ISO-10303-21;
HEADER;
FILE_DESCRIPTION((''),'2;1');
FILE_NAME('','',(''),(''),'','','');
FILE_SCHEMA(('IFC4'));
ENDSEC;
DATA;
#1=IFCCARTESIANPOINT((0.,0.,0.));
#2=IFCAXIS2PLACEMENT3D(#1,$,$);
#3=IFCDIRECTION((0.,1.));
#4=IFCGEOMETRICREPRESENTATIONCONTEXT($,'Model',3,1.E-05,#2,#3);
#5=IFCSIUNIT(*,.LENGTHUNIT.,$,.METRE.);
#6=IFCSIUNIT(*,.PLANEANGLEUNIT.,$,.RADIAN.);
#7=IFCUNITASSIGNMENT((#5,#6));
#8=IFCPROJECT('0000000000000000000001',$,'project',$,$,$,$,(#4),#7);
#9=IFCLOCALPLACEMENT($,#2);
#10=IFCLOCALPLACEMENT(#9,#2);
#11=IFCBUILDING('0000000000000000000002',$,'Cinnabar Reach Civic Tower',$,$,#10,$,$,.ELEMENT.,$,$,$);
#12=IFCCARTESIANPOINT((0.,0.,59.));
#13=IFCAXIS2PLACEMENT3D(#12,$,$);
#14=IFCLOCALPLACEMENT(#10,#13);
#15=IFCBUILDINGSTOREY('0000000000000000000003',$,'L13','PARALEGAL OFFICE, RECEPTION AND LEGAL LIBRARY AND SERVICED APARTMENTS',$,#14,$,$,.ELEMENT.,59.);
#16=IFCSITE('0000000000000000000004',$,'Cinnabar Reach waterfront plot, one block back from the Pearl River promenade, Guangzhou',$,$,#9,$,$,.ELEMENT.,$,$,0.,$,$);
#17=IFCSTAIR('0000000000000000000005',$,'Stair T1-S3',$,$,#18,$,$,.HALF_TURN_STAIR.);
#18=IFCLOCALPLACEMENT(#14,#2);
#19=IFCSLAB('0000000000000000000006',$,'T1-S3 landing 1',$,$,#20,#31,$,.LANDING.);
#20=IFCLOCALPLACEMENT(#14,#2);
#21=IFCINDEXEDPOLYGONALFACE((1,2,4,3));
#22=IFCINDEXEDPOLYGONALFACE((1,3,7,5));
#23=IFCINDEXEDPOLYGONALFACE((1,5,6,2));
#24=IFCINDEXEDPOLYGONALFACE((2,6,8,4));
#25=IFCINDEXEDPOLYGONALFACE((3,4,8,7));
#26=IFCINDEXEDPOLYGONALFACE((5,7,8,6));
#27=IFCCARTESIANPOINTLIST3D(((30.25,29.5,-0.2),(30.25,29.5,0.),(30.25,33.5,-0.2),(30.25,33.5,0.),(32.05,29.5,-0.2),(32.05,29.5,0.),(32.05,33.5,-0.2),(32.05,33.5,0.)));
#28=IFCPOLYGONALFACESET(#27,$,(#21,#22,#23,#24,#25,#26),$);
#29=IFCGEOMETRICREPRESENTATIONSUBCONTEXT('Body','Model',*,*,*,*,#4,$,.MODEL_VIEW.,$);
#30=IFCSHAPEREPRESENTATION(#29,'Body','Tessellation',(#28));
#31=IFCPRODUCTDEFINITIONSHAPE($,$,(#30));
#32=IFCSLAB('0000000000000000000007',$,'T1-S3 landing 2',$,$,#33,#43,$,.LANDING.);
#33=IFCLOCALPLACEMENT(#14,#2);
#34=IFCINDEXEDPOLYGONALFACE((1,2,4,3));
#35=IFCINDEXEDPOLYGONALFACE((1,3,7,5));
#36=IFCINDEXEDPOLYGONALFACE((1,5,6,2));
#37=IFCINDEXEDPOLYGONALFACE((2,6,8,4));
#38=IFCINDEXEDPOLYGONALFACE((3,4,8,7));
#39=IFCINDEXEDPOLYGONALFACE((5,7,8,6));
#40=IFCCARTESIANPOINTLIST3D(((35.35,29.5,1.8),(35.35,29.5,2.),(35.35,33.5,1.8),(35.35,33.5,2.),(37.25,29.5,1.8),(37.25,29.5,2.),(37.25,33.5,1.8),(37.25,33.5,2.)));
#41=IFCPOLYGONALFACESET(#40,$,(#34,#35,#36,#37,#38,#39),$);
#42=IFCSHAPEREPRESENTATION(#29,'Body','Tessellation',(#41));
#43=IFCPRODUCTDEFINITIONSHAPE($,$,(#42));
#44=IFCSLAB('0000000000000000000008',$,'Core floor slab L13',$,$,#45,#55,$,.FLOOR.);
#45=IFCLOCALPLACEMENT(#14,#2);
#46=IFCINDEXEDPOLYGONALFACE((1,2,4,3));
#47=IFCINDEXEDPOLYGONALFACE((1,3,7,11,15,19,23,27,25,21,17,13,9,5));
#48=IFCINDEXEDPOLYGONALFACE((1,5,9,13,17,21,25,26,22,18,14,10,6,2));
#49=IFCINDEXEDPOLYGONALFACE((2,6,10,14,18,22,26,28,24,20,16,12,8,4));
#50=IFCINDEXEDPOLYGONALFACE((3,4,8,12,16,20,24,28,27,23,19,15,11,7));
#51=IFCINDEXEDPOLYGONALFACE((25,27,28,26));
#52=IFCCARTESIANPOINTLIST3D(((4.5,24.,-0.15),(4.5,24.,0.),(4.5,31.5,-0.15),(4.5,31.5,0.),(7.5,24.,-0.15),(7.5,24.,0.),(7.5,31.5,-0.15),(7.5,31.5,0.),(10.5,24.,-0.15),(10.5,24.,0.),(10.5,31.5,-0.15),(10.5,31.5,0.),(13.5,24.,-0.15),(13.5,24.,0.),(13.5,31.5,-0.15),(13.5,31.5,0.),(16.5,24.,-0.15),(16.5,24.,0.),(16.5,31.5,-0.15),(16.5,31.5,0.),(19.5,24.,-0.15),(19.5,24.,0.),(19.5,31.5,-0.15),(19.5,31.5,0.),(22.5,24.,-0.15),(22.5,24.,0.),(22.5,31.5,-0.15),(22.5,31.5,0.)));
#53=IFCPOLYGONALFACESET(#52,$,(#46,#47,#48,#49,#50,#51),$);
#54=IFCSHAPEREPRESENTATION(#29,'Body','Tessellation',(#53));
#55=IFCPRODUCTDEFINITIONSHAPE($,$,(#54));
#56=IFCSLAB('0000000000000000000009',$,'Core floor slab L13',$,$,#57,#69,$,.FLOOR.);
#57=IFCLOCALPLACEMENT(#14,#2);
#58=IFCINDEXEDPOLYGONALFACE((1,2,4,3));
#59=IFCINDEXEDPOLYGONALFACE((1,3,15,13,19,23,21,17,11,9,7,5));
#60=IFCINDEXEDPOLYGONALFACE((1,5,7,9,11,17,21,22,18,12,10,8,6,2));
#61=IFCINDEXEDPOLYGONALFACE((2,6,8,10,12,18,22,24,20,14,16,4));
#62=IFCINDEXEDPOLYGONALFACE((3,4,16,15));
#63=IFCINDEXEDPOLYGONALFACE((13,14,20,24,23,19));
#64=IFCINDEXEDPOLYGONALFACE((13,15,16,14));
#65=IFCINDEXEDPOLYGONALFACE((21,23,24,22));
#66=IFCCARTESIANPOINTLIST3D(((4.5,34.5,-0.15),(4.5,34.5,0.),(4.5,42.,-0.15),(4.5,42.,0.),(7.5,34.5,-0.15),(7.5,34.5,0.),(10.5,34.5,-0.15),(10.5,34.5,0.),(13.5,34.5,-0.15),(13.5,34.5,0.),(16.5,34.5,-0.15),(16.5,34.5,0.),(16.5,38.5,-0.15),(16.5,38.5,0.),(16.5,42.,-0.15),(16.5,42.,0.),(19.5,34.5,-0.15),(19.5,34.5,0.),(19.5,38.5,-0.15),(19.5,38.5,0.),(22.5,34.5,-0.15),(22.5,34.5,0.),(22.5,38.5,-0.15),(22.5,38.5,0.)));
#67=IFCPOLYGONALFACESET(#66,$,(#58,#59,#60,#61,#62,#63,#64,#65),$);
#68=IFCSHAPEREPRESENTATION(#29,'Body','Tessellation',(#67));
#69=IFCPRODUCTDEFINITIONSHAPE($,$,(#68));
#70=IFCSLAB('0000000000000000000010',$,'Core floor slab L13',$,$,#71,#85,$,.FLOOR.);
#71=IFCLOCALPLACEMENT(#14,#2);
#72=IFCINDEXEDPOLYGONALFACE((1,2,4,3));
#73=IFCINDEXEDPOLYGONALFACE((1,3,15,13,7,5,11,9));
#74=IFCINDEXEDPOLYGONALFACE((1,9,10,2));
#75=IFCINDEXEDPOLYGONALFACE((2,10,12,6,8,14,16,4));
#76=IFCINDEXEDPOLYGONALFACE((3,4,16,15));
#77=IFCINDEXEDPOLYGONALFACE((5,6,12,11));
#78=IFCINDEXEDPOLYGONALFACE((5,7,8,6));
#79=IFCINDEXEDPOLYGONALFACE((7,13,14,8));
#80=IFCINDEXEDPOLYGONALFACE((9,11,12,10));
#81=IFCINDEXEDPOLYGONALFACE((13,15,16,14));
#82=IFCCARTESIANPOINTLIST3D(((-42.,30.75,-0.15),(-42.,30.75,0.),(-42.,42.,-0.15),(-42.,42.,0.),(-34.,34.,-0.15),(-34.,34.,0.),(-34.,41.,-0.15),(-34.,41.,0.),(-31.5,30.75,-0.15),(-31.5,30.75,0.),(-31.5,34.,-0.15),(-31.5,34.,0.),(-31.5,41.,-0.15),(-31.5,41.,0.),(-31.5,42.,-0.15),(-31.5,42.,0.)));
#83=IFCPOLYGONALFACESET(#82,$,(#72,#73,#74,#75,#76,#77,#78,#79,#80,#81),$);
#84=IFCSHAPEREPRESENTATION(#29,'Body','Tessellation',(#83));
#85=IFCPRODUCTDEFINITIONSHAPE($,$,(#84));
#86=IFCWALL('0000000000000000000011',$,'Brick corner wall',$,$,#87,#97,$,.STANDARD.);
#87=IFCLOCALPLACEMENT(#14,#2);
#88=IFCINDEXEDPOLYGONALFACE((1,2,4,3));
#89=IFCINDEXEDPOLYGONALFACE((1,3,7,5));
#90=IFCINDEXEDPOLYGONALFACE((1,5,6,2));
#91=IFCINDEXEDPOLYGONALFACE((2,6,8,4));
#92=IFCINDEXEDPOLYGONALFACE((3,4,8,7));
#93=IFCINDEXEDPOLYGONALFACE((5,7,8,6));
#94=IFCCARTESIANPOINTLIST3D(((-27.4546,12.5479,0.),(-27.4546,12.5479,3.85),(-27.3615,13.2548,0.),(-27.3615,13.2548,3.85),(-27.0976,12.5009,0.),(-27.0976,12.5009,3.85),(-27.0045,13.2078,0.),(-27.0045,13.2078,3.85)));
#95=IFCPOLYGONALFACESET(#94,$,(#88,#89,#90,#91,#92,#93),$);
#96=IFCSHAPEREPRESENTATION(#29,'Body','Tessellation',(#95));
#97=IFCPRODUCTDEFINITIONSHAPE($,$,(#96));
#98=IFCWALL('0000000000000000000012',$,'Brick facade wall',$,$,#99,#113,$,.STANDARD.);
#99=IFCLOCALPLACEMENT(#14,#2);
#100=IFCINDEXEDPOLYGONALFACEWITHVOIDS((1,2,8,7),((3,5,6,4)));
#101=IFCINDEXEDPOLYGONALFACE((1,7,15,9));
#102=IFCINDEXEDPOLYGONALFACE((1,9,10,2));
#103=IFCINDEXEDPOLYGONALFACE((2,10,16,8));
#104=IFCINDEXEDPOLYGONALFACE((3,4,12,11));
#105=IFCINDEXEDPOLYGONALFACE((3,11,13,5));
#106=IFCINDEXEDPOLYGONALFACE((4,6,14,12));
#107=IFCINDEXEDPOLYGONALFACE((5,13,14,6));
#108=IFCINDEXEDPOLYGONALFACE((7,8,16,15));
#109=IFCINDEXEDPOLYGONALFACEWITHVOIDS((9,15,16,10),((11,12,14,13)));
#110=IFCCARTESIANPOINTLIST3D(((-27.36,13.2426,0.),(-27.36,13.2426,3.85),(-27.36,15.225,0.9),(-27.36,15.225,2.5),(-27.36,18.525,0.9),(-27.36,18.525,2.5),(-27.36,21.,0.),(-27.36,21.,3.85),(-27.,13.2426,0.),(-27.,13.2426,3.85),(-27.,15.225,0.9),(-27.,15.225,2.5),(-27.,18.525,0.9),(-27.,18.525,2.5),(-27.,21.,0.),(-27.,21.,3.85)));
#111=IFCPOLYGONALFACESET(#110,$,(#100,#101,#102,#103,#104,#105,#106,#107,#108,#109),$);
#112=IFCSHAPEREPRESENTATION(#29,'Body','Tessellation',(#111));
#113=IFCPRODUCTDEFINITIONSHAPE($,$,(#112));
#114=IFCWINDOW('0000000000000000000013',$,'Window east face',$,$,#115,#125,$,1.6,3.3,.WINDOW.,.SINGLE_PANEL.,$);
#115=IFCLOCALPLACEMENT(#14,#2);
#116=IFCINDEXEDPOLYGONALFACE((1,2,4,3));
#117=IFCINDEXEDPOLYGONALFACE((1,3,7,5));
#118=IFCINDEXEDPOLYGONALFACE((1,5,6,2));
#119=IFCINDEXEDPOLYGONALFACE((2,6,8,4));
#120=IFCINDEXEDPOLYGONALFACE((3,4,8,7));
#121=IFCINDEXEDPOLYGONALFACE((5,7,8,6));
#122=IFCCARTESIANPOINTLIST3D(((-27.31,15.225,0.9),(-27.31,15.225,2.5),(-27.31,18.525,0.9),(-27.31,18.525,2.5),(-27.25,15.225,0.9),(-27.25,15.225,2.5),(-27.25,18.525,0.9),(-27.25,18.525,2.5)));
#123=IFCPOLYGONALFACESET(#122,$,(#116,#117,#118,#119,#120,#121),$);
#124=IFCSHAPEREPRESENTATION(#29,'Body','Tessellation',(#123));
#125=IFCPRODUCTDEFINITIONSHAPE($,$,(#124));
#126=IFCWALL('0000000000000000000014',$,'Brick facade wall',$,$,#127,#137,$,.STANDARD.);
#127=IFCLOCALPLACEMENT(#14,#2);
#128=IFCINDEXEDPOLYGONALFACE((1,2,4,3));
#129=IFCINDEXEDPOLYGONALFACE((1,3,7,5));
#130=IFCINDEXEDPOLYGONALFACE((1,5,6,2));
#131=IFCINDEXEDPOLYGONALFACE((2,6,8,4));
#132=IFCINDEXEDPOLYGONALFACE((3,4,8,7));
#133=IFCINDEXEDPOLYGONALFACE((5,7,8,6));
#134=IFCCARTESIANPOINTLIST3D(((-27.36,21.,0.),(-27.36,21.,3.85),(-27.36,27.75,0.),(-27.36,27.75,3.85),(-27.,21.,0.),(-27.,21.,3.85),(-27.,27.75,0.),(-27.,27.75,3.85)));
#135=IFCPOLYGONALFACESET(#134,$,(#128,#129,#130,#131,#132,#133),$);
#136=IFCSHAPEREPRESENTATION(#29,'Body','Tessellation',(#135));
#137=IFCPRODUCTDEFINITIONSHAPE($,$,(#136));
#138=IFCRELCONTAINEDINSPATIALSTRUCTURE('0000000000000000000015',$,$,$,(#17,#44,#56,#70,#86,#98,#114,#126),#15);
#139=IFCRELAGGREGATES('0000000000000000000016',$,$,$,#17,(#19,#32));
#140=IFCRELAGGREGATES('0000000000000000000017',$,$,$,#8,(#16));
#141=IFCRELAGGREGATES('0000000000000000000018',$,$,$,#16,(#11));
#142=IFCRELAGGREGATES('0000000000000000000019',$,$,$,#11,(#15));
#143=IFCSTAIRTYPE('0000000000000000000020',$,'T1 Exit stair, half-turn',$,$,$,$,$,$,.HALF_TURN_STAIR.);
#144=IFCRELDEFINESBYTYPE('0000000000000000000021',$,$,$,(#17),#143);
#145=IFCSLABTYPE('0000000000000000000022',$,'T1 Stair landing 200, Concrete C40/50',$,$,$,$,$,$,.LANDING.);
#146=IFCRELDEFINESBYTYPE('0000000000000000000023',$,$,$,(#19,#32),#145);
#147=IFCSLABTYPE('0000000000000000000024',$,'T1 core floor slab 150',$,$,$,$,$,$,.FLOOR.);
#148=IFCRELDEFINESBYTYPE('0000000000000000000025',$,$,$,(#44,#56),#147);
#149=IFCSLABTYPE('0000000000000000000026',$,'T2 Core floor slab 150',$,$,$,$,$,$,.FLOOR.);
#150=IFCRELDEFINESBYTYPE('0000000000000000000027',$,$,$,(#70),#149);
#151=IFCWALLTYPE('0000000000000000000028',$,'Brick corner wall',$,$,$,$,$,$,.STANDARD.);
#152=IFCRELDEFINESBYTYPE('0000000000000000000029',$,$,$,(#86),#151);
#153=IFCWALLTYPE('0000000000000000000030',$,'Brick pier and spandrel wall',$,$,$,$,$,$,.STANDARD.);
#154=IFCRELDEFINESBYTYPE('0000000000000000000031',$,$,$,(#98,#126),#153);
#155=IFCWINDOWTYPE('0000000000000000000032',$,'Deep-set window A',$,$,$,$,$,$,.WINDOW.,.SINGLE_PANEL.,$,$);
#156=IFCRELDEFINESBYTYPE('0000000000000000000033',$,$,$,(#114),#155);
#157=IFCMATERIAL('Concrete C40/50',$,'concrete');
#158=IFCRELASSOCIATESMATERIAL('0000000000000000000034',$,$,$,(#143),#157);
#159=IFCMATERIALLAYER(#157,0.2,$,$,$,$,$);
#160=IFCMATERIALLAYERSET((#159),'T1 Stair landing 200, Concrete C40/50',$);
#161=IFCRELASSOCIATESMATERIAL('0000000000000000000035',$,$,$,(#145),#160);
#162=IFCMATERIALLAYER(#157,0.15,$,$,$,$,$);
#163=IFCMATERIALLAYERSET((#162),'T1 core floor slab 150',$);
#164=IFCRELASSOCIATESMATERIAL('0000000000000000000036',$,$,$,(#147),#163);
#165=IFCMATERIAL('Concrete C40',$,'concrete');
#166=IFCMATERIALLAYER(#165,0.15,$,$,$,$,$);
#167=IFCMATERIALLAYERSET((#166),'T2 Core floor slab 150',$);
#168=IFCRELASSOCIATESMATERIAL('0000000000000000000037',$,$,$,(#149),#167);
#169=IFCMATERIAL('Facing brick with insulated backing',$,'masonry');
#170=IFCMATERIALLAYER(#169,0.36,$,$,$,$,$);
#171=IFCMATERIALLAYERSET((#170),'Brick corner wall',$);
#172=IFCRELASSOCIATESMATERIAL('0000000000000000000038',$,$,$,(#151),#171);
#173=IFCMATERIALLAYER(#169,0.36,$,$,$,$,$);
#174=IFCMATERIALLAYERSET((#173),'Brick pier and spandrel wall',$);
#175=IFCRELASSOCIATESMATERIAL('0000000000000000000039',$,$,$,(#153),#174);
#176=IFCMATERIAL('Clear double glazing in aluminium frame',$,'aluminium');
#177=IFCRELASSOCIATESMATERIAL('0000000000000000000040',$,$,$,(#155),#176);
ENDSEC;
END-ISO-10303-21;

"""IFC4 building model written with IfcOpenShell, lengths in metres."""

from ifc_helpers import new_model, si_unit, direction, frame, frame_2d, origin, place, context, subcontext, project, spatial, polyline, rectangle, outline, extrude, material, layer, layer_set, type_object, element, fill, aggregate, save


model = new_model("IFC4")

# Units and contexts
model_context = context("Model", 3, precision=1e-05, world=origin(), true_north=direction((0.0, 1.0)))
body_context = subcontext(model_context, "Body", "Model", "MODEL_VIEW")
ifc_project = project(units=[si_unit("LENGTHUNIT", "METRE"), si_unit("PLANEANGLEUNIT", "RADIAN")], contexts=[model_context])

# Site, building, storey
site_placement = place(None, origin())
site = spatial("IfcSite", under=ifc_project, at=site_placement, Name="Cinnabar Reach waterfront plot, one block back from the Pearl River promenade, Guangzhou", CompositionType="ELEMENT", RefElevation=0.0)
building_placement = place(site_placement, origin())
building = spatial("IfcBuilding", under=site, at=building_placement, Name="Cinnabar Reach Civic Tower", CompositionType="ELEMENT")
storey_placement = place(building_placement, frame((0.0, 0.0, 59.0)))
storey = spatial("IfcBuildingStorey", under=building, at=storey_placement, Name="L13", Description="PARALEGAL OFFICE, RECEPTION AND LEGAL LIBRARY AND SERVICED APARTMENTS", CompositionType="ELEMENT", Elevation=59.0)

# Shared definitions
ifc_material_1 = material(Name="Concrete C40", Category="concrete")

# Stair, slabs
ifc_material_2 = material(Name="Concrete C40/50", Category="concrete")
stair_type = type_object("IfcStairType", Name="T1 Exit stair, half-turn", PredefinedType="HALF_TURN_STAIR", material=ifc_material_2)
ifc_layer_1 = layer(ifc_material_2, 0.2)
ifc_layer_set_1 = layer_set([ifc_layer_1], Name="T1 Stair landing 200, Concrete C40/50")
slab_type_1 = type_object("IfcSlabType", Name="T1 Stair landing 200, Concrete C40/50", PredefinedType="LANDING", material=ifc_layer_set_1)
stair_1_placement = place(storey_placement, origin())
stair_1 = element("IfcStair", 1, at=stair_1_placement, inside=storey, type_object=stair_type, Name="Stair T1-S3", PredefinedType="HALF_TURN_STAIR")
slab_1_placement = place(storey_placement, frame((0.0, 0.0, -0.2)))
slab_1 = element("IfcSlab", 2, at=slab_1_placement, type_object=slab_type_1, Name="T1-S3 landing 1", PredefinedType="LANDING", context=body_context, shape_type="SweptSolid", body=[
    extrude(outline(polyline([(30.25, 29.5), (32.05, 29.5), (32.05, 33.5), (30.25, 33.5), (30.25, 29.5)])), origin(), (0.0, 0.0, 1.0), 0.2),
])
slab_2_placement = place(storey_placement, frame((0.0, 0.0, 1.8)))
slab_2 = element("IfcSlab", 3, at=slab_2_placement, type_object=slab_type_1, Name="T1-S3 landing 2", PredefinedType="LANDING", context=body_context, shape_type="SweptSolid", body=[
    extrude(outline(polyline([(35.35, 29.5), (37.25, 29.5), (37.25, 33.5), (35.35, 33.5), (35.35, 29.5)])), origin(), (0.0, 0.0, 1.0), 0.2),
])
aggregate(stair_1, [slab_1, slab_2])

# Slabs
ifc_layer_2 = layer(ifc_material_2, 0.15)
ifc_layer_set_2 = layer_set([ifc_layer_2], Name="T1 core floor slab 150")
slab_type_2 = type_object("IfcSlabType", Name="T1 core floor slab 150", PredefinedType="FLOOR", material=ifc_layer_set_2)
slab_3_placement = place(storey_placement, frame((0.0, 0.0, -0.15)))
element("IfcSlab", 4, at=slab_3_placement, inside=storey, type_object=slab_type_2, Name="Core floor slab L13", PredefinedType="FLOOR", context=body_context, shape_type="SweptSolid", body=[
    extrude(outline(polyline([(22.5, 24.0), (19.5, 24.0), (16.5, 24.0), (13.5, 24.0), (10.5, 24.0), (7.5, 24.0), (4.5, 24.0), (4.5, 31.5), (7.5, 31.5), (10.5, 31.5), (13.5, 31.5), (16.5, 31.5), (19.5, 31.5), (22.5, 31.5), (22.5, 24.0)])), origin(), (0.0, 0.0, 1.0), 0.15),
])
slab_4_placement = place(storey_placement, frame((0.0, 0.0, -0.15)))
element("IfcSlab", 5, at=slab_4_placement, inside=storey, type_object=slab_type_2, Name="Core floor slab L13", PredefinedType="FLOOR", context=body_context, shape_type="SweptSolid", body=[
    extrude(outline(polyline([(22.5, 34.5), (19.5, 34.5), (16.5, 34.5), (13.5, 34.5), (10.5, 34.5), (7.5, 34.5), (4.5, 34.5), (4.5, 42.0), (16.5, 42.0), (16.5, 38.5), (19.5, 38.5), (22.5, 38.5), (22.5, 34.5)])), origin(), (0.0, 0.0, 1.0), 0.15),
])
ifc_layer_3 = layer(ifc_material_1, 0.15)
ifc_layer_set_3 = layer_set([ifc_layer_3], Name="T2 Core floor slab 150")
slab_type_3 = type_object("IfcSlabType", Name="T2 Core floor slab 150", PredefinedType="FLOOR", material=ifc_layer_set_3)
slab_5_placement = place(storey_placement, frame((0.0, 0.0, -0.15)))
element("IfcSlab", 6, at=slab_5_placement, inside=storey, type_object=slab_type_3, Name="Core floor slab L13", PredefinedType="FLOOR", context=body_context, shape_type="SweptSolid", body=[
    extrude(outline(polyline([(-42.0, 42.0), (-31.5, 42.0), (-31.5, 41.0), (-34.0, 41.0), (-34.0, 34.0), (-31.5, 34.0), (-31.5, 30.75), (-42.0, 30.75), (-42.0, 42.0)])), origin(), (0.0, 0.0, 1.0), 0.15),
])

# Wall
ifc_material_3 = material(Name="Facing brick with insulated backing", Category="masonry")
ifc_layer_4 = layer(ifc_material_3, 0.36)
ifc_layer_set_4 = layer_set([ifc_layer_4], Name="Brick corner wall")
wall_type_1 = type_object("IfcWallType", Name="Brick corner wall", PredefinedType="STANDARD", material=ifc_layer_set_4)
wall_1_placement = place(storey_placement, frame((-27.2761, 12.5244, 0.0), z_axis=(0.0, 0.0, 1.0), x_axis=(0.130556, 0.991441, 0.0)))
element("IfcWall", 7, at=wall_1_placement, inside=storey, type_object=wall_type_1, Name="Brick corner wall", PredefinedType="STANDARD", context=body_context, shape_type="SweptSolid", body=[
    extrude(rectangle(XDim=0.7131, YDim=0.36, at=frame_2d((0.3565, 0.0))), origin(), (0.0, 0.0, 1.0), 3.85),
])

# Wall, opening, window
ifc_layer_5 = layer(ifc_material_3, 0.36)
ifc_layer_set_5 = layer_set([ifc_layer_5], Name="Brick pier and spandrel wall")
wall_type_2 = type_object("IfcWallType", Name="Brick pier and spandrel wall", PredefinedType="STANDARD", material=ifc_layer_set_5)
wall_2_placement = place(storey_placement, frame((-27.18, 13.2426, 0.0), z_axis=(0.0, 0.0, 1.0), x_axis=(0.0, 1.0, 0.0)))
wall_2 = element("IfcWall", 8, at=wall_2_placement, inside=storey, type_object=wall_type_2, Name="Brick facade wall", PredefinedType="STANDARD", context=body_context, shape_type="SweptSolid", body=[
    extrude(rectangle(XDim=7.7574, YDim=0.36, at=frame_2d((3.8787, 0.0))), origin(), (0.0, 0.0, 1.0), 3.85),
])
opening_placement = place(wall_2_placement, frame((1.9824, 0.0, 0.9)))
opening = element("IfcOpeningElement", 9, at=opening_placement, cuts=wall_2, PredefinedType="OPENING", context=body_context, shape_type="SweptSolid", body=[
    extrude(rectangle(XDim=3.3, YDim=1.6, at=frame_2d((1.65, 0.8))), frame((0.0, 0.19, 0.0), z_axis=(0.0, -1.0, 0.0), x_axis=(1.0, 0.0, 0.0)), (0.0, 0.0, 1.0), 0.38),
])
ifc_material_4 = material(Name="Clear double glazing in aluminium frame", Category="aluminium")
window_type = type_object("IfcWindowType", Name="Deep-set window A", PartitioningType="SINGLE_PANEL", PredefinedType="WINDOW", material=ifc_material_4)
window_placement = place(opening_placement, origin())
window = element("IfcWindow", 10, at=window_placement, inside=storey, type_object=window_type, Name="Window east face", OverallHeight=1.6, OverallWidth=3.3, PartitioningType="SINGLE_PANEL", PredefinedType="WINDOW", context=body_context, shape_type="SweptSolid", body=[
    extrude(rectangle(XDim=3.3, YDim=1.6, at=frame_2d((1.65, 0.8))), frame((0.0, 0.13, 0.0), z_axis=(0.0, -1.0, 0.0), x_axis=(1.0, 0.0, 0.0)), (0.0, 0.0, 1.0), 0.06),
])
fill(opening, window)

# Wall
wall_3_placement = place(storey_placement, frame((-27.18, 21.0, 0.0), z_axis=(0.0, 0.0, 1.0), x_axis=(0.0, 1.0, 0.0)))
element("IfcWall", 11, at=wall_3_placement, inside=storey, type_object=wall_type_2, Name="Brick facade wall", PredefinedType="STANDARD", context=body_context, shape_type="SweptSolid", body=[
    extrude(rectangle(XDim=6.75, YDim=0.36, at=frame_2d((3.375, 0.0))), origin(), (0.0, 0.0, 1.0), 3.85),
])

save(model, "model.ifc")
